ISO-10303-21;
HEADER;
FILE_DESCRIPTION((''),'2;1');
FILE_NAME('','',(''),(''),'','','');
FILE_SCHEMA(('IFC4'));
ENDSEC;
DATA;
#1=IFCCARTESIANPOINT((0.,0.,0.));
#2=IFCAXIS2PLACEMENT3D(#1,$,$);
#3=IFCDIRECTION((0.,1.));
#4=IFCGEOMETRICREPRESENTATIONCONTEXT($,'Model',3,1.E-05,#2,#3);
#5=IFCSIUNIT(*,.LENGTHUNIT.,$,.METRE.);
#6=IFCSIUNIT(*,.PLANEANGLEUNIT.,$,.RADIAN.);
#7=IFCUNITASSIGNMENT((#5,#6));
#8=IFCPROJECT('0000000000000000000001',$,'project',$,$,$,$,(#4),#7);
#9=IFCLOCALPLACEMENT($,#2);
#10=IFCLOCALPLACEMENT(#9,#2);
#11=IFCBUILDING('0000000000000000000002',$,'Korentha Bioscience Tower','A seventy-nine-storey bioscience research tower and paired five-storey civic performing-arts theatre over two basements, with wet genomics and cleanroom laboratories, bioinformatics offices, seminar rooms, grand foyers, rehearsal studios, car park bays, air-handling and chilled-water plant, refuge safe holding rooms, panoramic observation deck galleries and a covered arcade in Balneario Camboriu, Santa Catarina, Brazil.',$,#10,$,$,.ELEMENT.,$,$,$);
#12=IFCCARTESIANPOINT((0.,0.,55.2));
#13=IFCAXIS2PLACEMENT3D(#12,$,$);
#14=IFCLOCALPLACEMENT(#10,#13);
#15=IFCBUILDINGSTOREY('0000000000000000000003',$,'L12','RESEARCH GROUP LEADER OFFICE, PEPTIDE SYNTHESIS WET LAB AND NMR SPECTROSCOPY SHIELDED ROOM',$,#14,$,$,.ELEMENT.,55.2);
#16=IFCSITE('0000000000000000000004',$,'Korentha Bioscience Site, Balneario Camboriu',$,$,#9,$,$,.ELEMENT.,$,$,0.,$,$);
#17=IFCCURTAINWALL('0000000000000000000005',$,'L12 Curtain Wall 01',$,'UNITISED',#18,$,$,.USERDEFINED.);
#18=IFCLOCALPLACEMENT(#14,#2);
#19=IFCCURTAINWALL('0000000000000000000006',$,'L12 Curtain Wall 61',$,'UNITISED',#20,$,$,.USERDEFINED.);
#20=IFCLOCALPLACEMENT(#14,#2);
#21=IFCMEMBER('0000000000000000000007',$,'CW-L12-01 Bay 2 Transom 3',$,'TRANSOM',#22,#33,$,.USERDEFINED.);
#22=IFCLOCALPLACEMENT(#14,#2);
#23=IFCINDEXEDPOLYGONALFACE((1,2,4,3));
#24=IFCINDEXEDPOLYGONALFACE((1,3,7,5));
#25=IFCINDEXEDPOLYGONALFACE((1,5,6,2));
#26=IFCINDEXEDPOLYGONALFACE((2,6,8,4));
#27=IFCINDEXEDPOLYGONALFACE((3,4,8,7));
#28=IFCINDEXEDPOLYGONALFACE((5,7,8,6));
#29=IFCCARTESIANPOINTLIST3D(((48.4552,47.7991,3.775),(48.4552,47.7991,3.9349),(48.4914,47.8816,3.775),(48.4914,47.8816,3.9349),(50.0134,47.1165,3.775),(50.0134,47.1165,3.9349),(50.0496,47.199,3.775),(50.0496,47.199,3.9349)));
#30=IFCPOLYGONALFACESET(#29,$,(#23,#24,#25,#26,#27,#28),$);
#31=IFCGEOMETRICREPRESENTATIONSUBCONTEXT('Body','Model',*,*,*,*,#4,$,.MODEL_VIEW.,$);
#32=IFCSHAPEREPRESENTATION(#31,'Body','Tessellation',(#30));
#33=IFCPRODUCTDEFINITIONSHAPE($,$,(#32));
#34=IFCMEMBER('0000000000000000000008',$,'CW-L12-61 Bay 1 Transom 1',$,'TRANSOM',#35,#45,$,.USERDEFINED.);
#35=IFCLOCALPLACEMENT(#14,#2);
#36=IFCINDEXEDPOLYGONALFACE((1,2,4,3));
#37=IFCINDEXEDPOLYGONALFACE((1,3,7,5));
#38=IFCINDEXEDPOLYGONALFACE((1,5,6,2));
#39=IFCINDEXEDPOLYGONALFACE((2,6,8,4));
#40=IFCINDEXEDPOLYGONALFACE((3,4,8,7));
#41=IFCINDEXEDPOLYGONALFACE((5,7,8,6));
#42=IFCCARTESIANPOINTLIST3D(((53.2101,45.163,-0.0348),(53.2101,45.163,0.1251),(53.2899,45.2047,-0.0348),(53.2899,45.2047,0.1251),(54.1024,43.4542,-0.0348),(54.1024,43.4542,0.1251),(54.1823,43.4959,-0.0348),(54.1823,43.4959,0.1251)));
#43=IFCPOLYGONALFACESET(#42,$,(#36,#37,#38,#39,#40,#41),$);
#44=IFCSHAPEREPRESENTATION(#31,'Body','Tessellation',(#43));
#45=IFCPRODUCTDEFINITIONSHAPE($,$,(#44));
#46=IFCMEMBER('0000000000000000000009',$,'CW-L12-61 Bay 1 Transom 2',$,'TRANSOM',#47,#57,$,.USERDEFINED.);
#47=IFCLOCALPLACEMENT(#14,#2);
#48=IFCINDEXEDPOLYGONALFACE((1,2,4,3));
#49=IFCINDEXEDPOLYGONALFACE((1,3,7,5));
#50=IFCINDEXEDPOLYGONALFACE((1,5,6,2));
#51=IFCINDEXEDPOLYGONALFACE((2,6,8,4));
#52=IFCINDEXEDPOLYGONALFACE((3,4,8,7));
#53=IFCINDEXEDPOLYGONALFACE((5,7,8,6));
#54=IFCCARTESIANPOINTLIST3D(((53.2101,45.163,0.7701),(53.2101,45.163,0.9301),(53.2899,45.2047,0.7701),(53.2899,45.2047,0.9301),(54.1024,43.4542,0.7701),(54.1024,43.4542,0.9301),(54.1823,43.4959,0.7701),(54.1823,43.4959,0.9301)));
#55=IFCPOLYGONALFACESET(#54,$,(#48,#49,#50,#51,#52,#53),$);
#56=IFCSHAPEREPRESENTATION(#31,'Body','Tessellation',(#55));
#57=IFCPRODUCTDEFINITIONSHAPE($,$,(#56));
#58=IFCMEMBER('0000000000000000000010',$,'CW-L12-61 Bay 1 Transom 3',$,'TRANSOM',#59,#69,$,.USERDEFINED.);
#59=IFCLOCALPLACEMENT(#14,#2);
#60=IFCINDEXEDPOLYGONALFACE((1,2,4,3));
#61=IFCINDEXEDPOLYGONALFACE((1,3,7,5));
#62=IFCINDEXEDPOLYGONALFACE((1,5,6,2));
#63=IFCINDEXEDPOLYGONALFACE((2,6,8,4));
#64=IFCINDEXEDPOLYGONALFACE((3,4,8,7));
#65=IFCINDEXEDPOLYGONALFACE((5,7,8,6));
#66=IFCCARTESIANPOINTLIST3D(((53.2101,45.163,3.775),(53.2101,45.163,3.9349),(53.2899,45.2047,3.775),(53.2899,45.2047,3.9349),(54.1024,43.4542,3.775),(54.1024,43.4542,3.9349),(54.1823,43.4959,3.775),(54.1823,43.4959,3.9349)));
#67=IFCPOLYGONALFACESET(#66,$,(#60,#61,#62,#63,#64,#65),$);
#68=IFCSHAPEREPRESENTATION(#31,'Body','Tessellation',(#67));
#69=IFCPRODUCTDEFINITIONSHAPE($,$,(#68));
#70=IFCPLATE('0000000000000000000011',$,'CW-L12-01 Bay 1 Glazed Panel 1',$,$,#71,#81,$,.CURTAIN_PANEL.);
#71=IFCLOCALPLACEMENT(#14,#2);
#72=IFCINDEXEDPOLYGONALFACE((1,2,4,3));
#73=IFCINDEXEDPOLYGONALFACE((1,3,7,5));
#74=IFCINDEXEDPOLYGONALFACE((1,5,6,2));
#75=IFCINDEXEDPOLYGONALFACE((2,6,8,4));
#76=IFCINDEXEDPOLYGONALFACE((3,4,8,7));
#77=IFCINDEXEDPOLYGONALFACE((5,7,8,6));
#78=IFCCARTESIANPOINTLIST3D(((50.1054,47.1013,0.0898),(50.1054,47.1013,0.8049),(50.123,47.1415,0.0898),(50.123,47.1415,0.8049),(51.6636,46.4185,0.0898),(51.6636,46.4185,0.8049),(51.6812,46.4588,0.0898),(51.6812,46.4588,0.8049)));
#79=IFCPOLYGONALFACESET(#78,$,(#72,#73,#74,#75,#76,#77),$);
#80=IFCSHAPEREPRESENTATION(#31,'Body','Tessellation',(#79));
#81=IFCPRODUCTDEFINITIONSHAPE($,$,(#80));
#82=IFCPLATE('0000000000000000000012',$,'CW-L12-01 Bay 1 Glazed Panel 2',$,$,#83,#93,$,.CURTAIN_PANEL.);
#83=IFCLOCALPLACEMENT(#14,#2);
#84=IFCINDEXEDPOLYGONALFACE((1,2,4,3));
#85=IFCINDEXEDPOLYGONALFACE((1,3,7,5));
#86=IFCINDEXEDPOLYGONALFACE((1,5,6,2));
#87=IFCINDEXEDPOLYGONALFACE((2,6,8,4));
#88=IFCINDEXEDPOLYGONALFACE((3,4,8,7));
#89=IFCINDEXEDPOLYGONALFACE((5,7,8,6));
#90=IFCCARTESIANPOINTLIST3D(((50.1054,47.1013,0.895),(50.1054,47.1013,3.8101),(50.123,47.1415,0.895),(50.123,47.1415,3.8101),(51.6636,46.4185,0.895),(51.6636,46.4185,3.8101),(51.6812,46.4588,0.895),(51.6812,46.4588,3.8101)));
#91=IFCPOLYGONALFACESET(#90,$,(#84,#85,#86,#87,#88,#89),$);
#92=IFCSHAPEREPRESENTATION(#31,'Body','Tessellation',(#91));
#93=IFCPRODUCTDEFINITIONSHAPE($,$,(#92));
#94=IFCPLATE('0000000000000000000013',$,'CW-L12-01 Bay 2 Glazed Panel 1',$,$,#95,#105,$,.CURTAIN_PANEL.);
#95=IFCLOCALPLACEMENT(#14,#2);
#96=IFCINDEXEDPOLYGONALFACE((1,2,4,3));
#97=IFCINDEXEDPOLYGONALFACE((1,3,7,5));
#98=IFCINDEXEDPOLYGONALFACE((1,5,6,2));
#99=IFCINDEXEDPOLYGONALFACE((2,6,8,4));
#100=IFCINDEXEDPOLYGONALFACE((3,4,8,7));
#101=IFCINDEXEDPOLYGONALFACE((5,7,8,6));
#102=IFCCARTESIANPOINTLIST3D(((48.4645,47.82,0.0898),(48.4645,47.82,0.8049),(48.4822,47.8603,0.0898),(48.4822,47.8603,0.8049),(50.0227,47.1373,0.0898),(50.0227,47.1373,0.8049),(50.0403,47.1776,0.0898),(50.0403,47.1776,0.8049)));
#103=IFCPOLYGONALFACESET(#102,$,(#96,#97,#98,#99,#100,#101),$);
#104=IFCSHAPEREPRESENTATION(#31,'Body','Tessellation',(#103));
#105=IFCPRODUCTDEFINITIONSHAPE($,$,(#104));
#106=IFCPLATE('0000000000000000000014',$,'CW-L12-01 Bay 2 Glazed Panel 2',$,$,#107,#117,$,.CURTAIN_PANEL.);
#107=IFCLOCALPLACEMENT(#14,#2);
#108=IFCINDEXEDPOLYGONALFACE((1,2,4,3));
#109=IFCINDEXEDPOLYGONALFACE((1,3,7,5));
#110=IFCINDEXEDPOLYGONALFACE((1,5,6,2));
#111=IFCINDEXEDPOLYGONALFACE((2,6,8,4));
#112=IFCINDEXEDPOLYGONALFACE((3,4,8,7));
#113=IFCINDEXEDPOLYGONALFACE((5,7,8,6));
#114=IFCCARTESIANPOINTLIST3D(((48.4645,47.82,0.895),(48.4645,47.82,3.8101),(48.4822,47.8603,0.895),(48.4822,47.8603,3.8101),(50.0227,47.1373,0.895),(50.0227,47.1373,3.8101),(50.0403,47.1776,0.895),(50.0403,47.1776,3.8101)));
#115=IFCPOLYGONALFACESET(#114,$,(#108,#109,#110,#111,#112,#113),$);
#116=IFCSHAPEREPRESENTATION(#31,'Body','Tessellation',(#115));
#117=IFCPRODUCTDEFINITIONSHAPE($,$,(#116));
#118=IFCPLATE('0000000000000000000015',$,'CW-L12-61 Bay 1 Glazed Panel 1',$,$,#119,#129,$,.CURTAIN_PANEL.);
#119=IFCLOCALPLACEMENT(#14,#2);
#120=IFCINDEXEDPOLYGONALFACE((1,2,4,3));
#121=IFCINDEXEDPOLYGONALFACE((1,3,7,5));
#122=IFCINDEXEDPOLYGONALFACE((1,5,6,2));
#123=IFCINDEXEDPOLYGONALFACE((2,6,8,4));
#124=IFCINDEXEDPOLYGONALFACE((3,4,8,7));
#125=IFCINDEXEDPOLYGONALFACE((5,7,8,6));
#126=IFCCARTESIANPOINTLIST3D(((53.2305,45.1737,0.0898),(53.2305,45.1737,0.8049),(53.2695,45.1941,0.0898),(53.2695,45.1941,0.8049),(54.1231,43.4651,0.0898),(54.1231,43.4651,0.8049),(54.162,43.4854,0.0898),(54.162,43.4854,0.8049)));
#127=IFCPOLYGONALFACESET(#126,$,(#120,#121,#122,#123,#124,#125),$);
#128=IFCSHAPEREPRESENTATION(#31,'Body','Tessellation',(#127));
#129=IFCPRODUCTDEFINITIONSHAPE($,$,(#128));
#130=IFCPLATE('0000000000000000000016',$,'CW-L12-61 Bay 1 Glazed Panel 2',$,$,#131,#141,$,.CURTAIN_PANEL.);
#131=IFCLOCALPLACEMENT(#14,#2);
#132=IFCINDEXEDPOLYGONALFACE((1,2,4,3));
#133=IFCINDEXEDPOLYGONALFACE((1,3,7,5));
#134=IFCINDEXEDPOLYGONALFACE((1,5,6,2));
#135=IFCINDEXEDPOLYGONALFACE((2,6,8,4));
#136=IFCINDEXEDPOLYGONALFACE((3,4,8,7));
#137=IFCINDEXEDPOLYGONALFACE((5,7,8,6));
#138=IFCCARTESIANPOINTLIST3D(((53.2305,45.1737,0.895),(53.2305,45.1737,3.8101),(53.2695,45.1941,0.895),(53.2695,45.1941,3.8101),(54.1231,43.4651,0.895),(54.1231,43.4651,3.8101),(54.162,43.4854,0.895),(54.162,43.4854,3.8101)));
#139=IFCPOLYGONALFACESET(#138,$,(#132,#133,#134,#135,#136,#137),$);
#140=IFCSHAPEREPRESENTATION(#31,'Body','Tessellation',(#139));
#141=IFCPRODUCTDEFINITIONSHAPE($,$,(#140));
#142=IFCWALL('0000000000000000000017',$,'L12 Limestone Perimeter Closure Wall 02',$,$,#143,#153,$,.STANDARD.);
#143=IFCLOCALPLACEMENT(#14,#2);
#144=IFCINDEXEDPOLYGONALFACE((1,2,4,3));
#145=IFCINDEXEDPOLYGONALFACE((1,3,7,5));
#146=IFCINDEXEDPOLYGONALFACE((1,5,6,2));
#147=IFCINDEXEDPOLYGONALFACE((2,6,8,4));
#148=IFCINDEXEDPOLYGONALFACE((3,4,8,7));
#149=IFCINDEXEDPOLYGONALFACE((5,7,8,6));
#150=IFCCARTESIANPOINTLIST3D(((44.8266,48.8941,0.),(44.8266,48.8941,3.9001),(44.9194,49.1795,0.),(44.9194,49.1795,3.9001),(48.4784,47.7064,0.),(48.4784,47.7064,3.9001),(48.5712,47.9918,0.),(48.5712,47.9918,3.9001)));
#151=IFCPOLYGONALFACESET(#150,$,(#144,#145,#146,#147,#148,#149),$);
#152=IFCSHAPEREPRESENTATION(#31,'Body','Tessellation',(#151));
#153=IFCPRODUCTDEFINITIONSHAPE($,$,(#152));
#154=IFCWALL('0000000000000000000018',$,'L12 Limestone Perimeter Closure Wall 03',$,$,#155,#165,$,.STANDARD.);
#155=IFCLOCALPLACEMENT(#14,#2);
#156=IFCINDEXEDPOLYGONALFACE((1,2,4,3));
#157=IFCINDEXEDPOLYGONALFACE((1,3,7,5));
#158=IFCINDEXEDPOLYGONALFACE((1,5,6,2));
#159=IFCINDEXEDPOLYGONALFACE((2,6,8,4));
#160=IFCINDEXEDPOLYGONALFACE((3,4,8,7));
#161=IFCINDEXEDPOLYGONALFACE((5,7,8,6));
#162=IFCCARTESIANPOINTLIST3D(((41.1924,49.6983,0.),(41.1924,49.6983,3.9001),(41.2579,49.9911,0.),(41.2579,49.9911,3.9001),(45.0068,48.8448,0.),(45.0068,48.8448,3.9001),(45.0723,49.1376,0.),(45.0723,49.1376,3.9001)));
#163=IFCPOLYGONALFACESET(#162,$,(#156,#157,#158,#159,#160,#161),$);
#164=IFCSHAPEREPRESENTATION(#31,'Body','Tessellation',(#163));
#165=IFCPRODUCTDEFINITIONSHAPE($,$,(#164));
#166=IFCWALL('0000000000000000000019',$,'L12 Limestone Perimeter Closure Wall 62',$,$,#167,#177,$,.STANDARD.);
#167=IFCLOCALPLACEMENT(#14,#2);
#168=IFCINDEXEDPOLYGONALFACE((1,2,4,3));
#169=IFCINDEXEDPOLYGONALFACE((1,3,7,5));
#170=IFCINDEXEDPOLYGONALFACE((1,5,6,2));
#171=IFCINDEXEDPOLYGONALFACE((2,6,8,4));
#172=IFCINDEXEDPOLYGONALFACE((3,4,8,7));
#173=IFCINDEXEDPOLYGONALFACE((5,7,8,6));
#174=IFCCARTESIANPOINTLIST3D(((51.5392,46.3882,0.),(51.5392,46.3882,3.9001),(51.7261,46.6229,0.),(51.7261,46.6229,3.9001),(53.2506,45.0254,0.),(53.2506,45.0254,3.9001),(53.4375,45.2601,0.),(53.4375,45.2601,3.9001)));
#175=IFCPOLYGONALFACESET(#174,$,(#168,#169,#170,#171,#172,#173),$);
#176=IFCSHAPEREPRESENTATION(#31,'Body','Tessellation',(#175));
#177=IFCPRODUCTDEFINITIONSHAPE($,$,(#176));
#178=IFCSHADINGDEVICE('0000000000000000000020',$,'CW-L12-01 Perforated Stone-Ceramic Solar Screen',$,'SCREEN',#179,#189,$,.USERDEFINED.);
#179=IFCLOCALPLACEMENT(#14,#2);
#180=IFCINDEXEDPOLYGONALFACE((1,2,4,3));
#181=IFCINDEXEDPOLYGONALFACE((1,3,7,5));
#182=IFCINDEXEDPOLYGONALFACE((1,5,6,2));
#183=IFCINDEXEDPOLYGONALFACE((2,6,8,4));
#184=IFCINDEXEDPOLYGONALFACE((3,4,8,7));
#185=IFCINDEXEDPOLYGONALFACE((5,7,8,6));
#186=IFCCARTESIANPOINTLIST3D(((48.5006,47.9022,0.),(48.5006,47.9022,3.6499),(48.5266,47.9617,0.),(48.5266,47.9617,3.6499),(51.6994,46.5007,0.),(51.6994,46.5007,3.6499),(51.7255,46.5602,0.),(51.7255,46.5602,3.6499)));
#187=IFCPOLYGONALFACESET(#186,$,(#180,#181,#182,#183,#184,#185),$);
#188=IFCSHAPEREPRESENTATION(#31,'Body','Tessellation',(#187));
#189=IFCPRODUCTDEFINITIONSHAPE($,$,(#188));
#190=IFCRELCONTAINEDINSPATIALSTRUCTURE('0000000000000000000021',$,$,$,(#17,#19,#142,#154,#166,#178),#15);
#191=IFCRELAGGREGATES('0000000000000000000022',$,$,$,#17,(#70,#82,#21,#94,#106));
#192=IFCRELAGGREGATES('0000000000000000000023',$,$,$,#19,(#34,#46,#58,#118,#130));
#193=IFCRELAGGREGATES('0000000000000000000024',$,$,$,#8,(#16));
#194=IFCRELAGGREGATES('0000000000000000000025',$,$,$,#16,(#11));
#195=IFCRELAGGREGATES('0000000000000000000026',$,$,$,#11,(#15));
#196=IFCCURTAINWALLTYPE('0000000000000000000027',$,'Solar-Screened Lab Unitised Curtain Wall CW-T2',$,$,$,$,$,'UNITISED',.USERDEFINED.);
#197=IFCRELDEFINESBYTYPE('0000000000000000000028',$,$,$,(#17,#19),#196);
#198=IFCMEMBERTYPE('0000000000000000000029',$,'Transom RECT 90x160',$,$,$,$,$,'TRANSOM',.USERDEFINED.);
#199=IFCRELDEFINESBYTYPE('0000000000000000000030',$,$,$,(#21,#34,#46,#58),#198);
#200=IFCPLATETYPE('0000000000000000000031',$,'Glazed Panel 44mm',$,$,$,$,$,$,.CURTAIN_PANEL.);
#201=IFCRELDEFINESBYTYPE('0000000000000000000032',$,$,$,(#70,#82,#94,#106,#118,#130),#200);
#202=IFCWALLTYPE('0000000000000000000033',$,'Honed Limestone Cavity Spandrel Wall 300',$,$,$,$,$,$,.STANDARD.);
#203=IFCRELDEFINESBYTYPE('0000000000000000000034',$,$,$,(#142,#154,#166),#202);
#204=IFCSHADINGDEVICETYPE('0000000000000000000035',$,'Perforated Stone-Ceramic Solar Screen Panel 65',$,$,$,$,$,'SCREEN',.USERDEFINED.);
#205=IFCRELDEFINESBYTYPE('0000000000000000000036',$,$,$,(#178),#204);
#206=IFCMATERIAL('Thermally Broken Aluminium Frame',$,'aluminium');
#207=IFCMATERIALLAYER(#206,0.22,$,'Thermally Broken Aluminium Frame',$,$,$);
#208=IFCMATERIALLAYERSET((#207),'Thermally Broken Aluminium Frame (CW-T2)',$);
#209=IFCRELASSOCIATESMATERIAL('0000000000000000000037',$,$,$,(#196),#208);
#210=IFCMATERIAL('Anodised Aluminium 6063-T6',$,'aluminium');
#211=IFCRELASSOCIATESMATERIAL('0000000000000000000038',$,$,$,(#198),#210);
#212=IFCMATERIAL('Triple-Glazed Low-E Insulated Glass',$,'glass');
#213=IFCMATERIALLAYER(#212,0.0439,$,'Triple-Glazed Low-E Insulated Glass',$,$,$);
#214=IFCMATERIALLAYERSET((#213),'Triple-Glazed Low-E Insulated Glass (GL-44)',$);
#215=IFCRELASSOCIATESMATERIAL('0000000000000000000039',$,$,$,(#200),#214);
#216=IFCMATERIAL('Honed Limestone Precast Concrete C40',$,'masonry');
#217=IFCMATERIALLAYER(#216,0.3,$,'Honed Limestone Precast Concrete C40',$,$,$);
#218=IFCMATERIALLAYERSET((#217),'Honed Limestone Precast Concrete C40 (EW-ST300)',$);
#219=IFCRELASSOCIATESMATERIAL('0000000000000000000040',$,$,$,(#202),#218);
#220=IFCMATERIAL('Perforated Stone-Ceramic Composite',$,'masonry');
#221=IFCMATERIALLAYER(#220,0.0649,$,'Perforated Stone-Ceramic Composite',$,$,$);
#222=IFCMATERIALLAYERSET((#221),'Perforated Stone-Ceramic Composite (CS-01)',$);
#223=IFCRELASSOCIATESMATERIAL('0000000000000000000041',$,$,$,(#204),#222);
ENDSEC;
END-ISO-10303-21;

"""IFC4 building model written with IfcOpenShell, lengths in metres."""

from ifc_helpers import new_model, si_unit, direction, frame, frame_2d, origin, origin_2d, place, context, subcontext, project, spatial, rectangle, extrude, material, layer, layer_set, material_profile, profile_set, type_object, element, aggregate, save


model = new_model("IFC4")

# Units and contexts
model_context = context("Model", 3, precision=1e-05, world=origin(), true_north=direction((0.0, 1.0)))
body_context = subcontext(model_context, "Body", "Model", "MODEL_VIEW")
ifc_project = project(units=[si_unit("LENGTHUNIT", "METRE"), si_unit("PLANEANGLEUNIT", "RADIAN")], contexts=[model_context])

# Site, building, storey
site_placement = place(None, origin())
site = spatial("IfcSite", under=ifc_project, at=site_placement, Name="Korentha Bioscience Site, Balneario Camboriu", CompositionType="ELEMENT", RefElevation=0.0)
building_placement = place(site_placement, origin())
building = spatial("IfcBuilding", under=site, at=building_placement, Name="Korentha Bioscience Tower", Description="A seventy-nine-storey bioscience research tower and paired five-storey civic performing-arts theatre over two basements, with wet genomics and cleanroom laboratories, bioinformatics offices, seminar rooms, grand foyers, rehearsal studios, car park bays, air-handling and chilled-water plant, refuge safe holding rooms, panoramic observation deck galleries and a covered arcade in Balneario Camboriu, Santa Catarina, Brazil.", CompositionType="ELEMENT")
storey_placement = place(building_placement, frame((0.0, 0.0, 55.2)))
storey = spatial("IfcBuildingStorey", under=building, at=storey_placement, Name="L12", Description="RESEARCH GROUP LEADER OFFICE, PEPTIDE SYNTHESIS WET LAB AND NMR SPECTROSCOPY SHIELDED ROOM", CompositionType="ELEMENT", Elevation=55.2)

# Curtain wall
ifc_material_1 = material(Name="Thermally Broken Aluminium Frame", Category="aluminium")
ifc_layer_1 = layer(ifc_material_1, 0.22, Name="Thermally Broken Aluminium Frame")
ifc_layer_set_1 = layer_set([ifc_layer_1], Name="Thermally Broken Aluminium Frame (CW-T2)")
curtain_wall_type = type_object("IfcCurtainWallType", Name="Solar-Screened Lab Unitised Curtain Wall CW-T2", ElementType="UNITISED", PredefinedType="USERDEFINED", material=ifc_layer_set_1)
curtain_wall_1_placement = place(storey_placement, origin())
curtain_wall_1 = element("IfcCurtainWall", 1, at=curtain_wall_1_placement, inside=storey, type_object=curtain_wall_type, Name="L12 Curtain Wall 01", ObjectType="UNITISED", PredefinedType="USERDEFINED")
ifc_material_2 = material(Name="Anodised Aluminium 6063-T6", Category="aluminium")

# Curtain wall
curtain_wall_2_placement = place(storey_placement, origin())
curtain_wall_2 = element("IfcCurtainWall", 2, at=curtain_wall_2_placement, inside=storey, type_object=curtain_wall_type, Name="L12 Curtain Wall 61", ObjectType="UNITISED", PredefinedType="USERDEFINED")

# Members
ifc_material_profile_1 = material_profile(ifc_material_2, rectangle(XDim=0.0901, YDim=0.1599, at=origin_2d()), Name="Anodised Aluminium 6063-T6")
ifc_profile_set_1 = profile_set([ifc_material_profile_1], Name="Anodised Aluminium 6063-T6 (CW-TRN)")
member_type_1 = type_object("IfcMemberType", Name="Transom RECT 90x160", ElementType="TRANSOM", PredefinedType="USERDEFINED", material=ifc_profile_set_1)
member_1_placement = place(storey_placement, frame((50.0315, 47.1577, 3.855), z_axis=(-0.915953, 0.401286, 0.0), x_axis=(-0.401286, -0.915953, 0.0)))
member_1 = element("IfcMember", 3, at=member_1_placement, type_object=member_type_1, Name="CW-L12-01 Bay 2 Transom 3", ObjectType="TRANSOM", PredefinedType="USERDEFINED", context=body_context, shape_type="SweptSolid", body=[
    extrude(rectangle(XDim=0.0901, YDim=0.1599, at=origin_2d()), origin(), (0.0, 0.0, 1.0), 1.7012),
])
member_2_placement = place(storey_placement, frame((54.1423, 43.4751, 0.0452), z_axis=(-0.462899, 0.886411, 0.0), x_axis=(-0.886411, -0.462899, 0.0)))
member_2 = element("IfcMember", 4, at=member_2_placement, type_object=member_type_1, Name="CW-L12-61 Bay 1 Transom 1", ObjectType="TRANSOM", PredefinedType="USERDEFINED", context=body_context, shape_type="SweptSolid", body=[
    extrude(rectangle(XDim=0.0901, YDim=0.1599, at=origin_2d()), origin(), (0.0, 0.0, 1.0), 1.9277),
])
member_3_placement = place(storey_placement, frame((54.1423, 43.4751, 0.8501), z_axis=(-0.462899, 0.886411, 0.0), x_axis=(-0.886411, -0.462899, 0.0)))
member_3 = element("IfcMember", 5, at=member_3_placement, type_object=member_type_1, Name="CW-L12-61 Bay 1 Transom 2", ObjectType="TRANSOM", PredefinedType="USERDEFINED", context=body_context, shape_type="SweptSolid", body=[
    extrude(rectangle(XDim=0.0901, YDim=0.1599, at=origin_2d()), origin(), (0.0, 0.0, 1.0), 1.9277),
])
member_4_placement = place(storey_placement, frame((54.1423, 43.4751, 3.855), z_axis=(-0.462899, 0.886411, 0.0), x_axis=(-0.886411, -0.462899, 0.0)))
member_4 = element("IfcMember", 6, at=member_4_placement, type_object=member_type_1, Name="CW-L12-61 Bay 1 Transom 3", ObjectType="TRANSOM", PredefinedType="USERDEFINED", context=body_context, shape_type="SweptSolid", body=[
    extrude(rectangle(XDim=0.0901, YDim=0.1599, at=origin_2d()), origin(), (0.0, 0.0, 1.0), 1.9277),
])

# Plates
ifc_material_3 = material(Name="Triple-Glazed Low-E Insulated Glass", Category="glass")
ifc_layer_2 = layer(ifc_material_3, 0.0439, Name="Triple-Glazed Low-E Insulated Glass")
ifc_layer_set_2 = layer_set([ifc_layer_2], Name="Triple-Glazed Low-E Insulated Glass (GL-44)")
plate_type = type_object("IfcPlateType", Name="Glazed Panel 44mm", PredefinedType="CURTAIN_PANEL", material=ifc_layer_set_2)
plate_1_placement = place(storey_placement, frame((50.8933, 46.78, 0.0898), z_axis=(0.0, 0.0, 1.0), x_axis=(-0.915939, 0.401317, 0.0)))
plate_1 = element("IfcPlate", 7, at=plate_1_placement, type_object=plate_type, Name="CW-L12-01 Bay 1 Glazed Panel 1", PredefinedType="CURTAIN_PANEL", context=body_context, shape_type="SweptSolid", body=[
    extrude(rectangle(XDim=1.7012, YDim=0.0439, at=origin_2d()), origin(), (0.0, 0.0, 1.0), 0.7151),
])
plate_2_placement = place(storey_placement, frame((50.8933, 46.78, 0.895), z_axis=(0.0, 0.0, 1.0), x_axis=(-0.915939, 0.401317, 0.0)))
plate_2 = element("IfcPlate", 8, at=plate_2_placement, type_object=plate_type, Name="CW-L12-01 Bay 1 Glazed Panel 2", PredefinedType="CURTAIN_PANEL", context=body_context, shape_type="SweptSolid", body=[
    extrude(rectangle(XDim=1.7012, YDim=0.0439, at=origin_2d()), origin(), (0.0, 0.0, 1.0), 2.915),
])
plate_3_placement = place(storey_placement, frame((49.2524, 47.4988, 0.0898), z_axis=(0.0, 0.0, 1.0), x_axis=(-0.915939, 0.401317, 0.0)))
plate_3 = element("IfcPlate", 9, at=plate_3_placement, type_object=plate_type, Name="CW-L12-01 Bay 2 Glazed Panel 1", PredefinedType="CURTAIN_PANEL", context=body_context, shape_type="SweptSolid", body=[
    extrude(rectangle(XDim=1.7012, YDim=0.0439, at=origin_2d()), origin(), (0.0, 0.0, 1.0), 0.7151),
])
plate_4_placement = place(storey_placement, frame((49.2524, 47.4988, 0.895), z_axis=(0.0, 0.0, 1.0), x_axis=(-0.915939, 0.401317, 0.0)))
plate_4 = element("IfcPlate", 10, at=plate_4_placement, type_object=plate_type, Name="CW-L12-01 Bay 2 Glazed Panel 2", PredefinedType="CURTAIN_PANEL", context=body_context, shape_type="SweptSolid", body=[
    extrude(rectangle(XDim=1.7012, YDim=0.0439, at=origin_2d()), origin(), (0.0, 0.0, 1.0), 2.915),
])
aggregate(curtain_wall_1, [plate_1, plate_2, member_1, plate_3, plate_4])
plate_5_placement = place(storey_placement, frame((53.6963, 44.3296, 0.0898), z_axis=(0.0, 0.0, 1.0), x_axis=(-0.463009, 0.886354, 0.0)))
plate_5 = element("IfcPlate", 11, at=plate_5_placement, type_object=plate_type, Name="CW-L12-61 Bay 1 Glazed Panel 1", PredefinedType="CURTAIN_PANEL", context=body_context, shape_type="SweptSolid", body=[
    extrude(rectangle(XDim=1.9277, YDim=0.0439, at=origin_2d()), origin(), (0.0, 0.0, 1.0), 0.7151),
])
plate_6_placement = place(storey_placement, frame((53.6963, 44.3296, 0.895), z_axis=(0.0, 0.0, 1.0), x_axis=(-0.463009, 0.886354, 0.0)))
plate_6 = element("IfcPlate", 12, at=plate_6_placement, type_object=plate_type, Name="CW-L12-61 Bay 1 Glazed Panel 2", PredefinedType="CURTAIN_PANEL", context=body_context, shape_type="SweptSolid", body=[
    extrude(rectangle(XDim=1.9277, YDim=0.0439, at=origin_2d()), origin(), (0.0, 0.0, 1.0), 2.915),
])
aggregate(curtain_wall_2, [member_2, member_3, member_4, plate_5, plate_6])

# Walls
ifc_material_4 = material(Name="Honed Limestone Precast Concrete C40", Category="masonry")
ifc_layer_3 = layer(ifc_material_4, 0.3, Name="Honed Limestone Precast Concrete C40")
ifc_layer_set_3 = layer_set([ifc_layer_3], Name="Honed Limestone Precast Concrete C40 (EW-ST300)")
wall_type = type_object("IfcWallType", Name="Honed Limestone Cavity Spandrel Wall 300", PredefinedType="STANDARD", material=ifc_layer_set_3)
wall_1_placement = place(storey_placement, frame((48.5247, 47.8491, 0.0), z_axis=(0.0, 0.0, 1.0), x_axis=(-0.950966, 0.309296, 0.0)))
element("IfcWall", 13, at=wall_1_placement, inside=storey, type_object=wall_type, Name="L12 Limestone Perimeter Closure Wall 02", PredefinedType="STANDARD", context=body_context, shape_type="SweptSolid", body=[
    extrude(rectangle(XDim=3.8401, YDim=0.3, at=frame_2d((1.9199, 0.0))), origin(), (0.0, 0.0, 1.0), 3.9001),
])
wall_2_placement = place(storey_placement, frame((45.0396, 48.9912, 0.0), z_axis=(0.0, 0.0, 1.0), x_axis=(-0.975869, 0.218359, 0.0)))
element("IfcWall", 14, at=wall_2_placement, inside=storey, type_object=wall_type, Name="L12 Limestone Perimeter Closure Wall 03", PredefinedType="STANDARD", context=body_context, shape_type="SweptSolid", body=[
    extrude(rectangle(XDim=3.9087, YDim=0.3, at=frame_2d((1.9543, 0.0))), origin(), (0.0, 0.0, 1.0), 3.9001),
])
wall_3_placement = place(storey_placement, frame((53.344, 45.1428, 0.0), z_axis=(0.0, 0.0, 1.0), x_axis=(-0.782282, 0.622924, 0.0)))
element("IfcWall", 15, at=wall_3_placement, inside=storey, type_object=wall_type, Name="L12 Limestone Perimeter Closure Wall 62", PredefinedType="STANDARD", context=body_context, shape_type="SweptSolid", body=[
    extrude(rectangle(XDim=2.1877, YDim=0.3, at=frame_2d((1.0938, 0.0))), origin(), (0.0, 0.0, 1.0), 3.9001),
])

# Shading device
ifc_material_5 = material(Name="Perforated Stone-Ceramic Composite", Category="masonry")
ifc_layer_4 = layer(ifc_material_5, 0.0649, Name="Perforated Stone-Ceramic Composite")
ifc_layer_set_4 = layer_set([ifc_layer_4], Name="Perforated Stone-Ceramic Composite (CS-01)")
shading_device_type_1 = type_object("IfcShadingDeviceType", Name="Perforated Stone-Ceramic Solar Screen Panel 65", ElementType="SCREEN", PredefinedType="USERDEFINED", material=ifc_layer_set_4)
shading_device_1_placement = place(storey_placement, frame((50.113, 47.2312, 0.0), z_axis=(0.0, 0.0, 1.0), x_axis=(-0.915939, 0.401317, 0.0)))
element("IfcShadingDevice", 16, at=shading_device_1_placement, inside=storey, type_object=shading_device_type_1, Name="CW-L12-01 Perforated Stone-Ceramic Solar Screen", ObjectType="SCREEN", PredefinedType="USERDEFINED", context=body_context, shape_type="SweptSolid", body=[
    extrude(rectangle(XDim=3.4924, YDim=0.0649, at=origin_2d()), origin(), (0.0, 0.0, 1.0), 3.6499),
])

save(model, "model.ifc")
